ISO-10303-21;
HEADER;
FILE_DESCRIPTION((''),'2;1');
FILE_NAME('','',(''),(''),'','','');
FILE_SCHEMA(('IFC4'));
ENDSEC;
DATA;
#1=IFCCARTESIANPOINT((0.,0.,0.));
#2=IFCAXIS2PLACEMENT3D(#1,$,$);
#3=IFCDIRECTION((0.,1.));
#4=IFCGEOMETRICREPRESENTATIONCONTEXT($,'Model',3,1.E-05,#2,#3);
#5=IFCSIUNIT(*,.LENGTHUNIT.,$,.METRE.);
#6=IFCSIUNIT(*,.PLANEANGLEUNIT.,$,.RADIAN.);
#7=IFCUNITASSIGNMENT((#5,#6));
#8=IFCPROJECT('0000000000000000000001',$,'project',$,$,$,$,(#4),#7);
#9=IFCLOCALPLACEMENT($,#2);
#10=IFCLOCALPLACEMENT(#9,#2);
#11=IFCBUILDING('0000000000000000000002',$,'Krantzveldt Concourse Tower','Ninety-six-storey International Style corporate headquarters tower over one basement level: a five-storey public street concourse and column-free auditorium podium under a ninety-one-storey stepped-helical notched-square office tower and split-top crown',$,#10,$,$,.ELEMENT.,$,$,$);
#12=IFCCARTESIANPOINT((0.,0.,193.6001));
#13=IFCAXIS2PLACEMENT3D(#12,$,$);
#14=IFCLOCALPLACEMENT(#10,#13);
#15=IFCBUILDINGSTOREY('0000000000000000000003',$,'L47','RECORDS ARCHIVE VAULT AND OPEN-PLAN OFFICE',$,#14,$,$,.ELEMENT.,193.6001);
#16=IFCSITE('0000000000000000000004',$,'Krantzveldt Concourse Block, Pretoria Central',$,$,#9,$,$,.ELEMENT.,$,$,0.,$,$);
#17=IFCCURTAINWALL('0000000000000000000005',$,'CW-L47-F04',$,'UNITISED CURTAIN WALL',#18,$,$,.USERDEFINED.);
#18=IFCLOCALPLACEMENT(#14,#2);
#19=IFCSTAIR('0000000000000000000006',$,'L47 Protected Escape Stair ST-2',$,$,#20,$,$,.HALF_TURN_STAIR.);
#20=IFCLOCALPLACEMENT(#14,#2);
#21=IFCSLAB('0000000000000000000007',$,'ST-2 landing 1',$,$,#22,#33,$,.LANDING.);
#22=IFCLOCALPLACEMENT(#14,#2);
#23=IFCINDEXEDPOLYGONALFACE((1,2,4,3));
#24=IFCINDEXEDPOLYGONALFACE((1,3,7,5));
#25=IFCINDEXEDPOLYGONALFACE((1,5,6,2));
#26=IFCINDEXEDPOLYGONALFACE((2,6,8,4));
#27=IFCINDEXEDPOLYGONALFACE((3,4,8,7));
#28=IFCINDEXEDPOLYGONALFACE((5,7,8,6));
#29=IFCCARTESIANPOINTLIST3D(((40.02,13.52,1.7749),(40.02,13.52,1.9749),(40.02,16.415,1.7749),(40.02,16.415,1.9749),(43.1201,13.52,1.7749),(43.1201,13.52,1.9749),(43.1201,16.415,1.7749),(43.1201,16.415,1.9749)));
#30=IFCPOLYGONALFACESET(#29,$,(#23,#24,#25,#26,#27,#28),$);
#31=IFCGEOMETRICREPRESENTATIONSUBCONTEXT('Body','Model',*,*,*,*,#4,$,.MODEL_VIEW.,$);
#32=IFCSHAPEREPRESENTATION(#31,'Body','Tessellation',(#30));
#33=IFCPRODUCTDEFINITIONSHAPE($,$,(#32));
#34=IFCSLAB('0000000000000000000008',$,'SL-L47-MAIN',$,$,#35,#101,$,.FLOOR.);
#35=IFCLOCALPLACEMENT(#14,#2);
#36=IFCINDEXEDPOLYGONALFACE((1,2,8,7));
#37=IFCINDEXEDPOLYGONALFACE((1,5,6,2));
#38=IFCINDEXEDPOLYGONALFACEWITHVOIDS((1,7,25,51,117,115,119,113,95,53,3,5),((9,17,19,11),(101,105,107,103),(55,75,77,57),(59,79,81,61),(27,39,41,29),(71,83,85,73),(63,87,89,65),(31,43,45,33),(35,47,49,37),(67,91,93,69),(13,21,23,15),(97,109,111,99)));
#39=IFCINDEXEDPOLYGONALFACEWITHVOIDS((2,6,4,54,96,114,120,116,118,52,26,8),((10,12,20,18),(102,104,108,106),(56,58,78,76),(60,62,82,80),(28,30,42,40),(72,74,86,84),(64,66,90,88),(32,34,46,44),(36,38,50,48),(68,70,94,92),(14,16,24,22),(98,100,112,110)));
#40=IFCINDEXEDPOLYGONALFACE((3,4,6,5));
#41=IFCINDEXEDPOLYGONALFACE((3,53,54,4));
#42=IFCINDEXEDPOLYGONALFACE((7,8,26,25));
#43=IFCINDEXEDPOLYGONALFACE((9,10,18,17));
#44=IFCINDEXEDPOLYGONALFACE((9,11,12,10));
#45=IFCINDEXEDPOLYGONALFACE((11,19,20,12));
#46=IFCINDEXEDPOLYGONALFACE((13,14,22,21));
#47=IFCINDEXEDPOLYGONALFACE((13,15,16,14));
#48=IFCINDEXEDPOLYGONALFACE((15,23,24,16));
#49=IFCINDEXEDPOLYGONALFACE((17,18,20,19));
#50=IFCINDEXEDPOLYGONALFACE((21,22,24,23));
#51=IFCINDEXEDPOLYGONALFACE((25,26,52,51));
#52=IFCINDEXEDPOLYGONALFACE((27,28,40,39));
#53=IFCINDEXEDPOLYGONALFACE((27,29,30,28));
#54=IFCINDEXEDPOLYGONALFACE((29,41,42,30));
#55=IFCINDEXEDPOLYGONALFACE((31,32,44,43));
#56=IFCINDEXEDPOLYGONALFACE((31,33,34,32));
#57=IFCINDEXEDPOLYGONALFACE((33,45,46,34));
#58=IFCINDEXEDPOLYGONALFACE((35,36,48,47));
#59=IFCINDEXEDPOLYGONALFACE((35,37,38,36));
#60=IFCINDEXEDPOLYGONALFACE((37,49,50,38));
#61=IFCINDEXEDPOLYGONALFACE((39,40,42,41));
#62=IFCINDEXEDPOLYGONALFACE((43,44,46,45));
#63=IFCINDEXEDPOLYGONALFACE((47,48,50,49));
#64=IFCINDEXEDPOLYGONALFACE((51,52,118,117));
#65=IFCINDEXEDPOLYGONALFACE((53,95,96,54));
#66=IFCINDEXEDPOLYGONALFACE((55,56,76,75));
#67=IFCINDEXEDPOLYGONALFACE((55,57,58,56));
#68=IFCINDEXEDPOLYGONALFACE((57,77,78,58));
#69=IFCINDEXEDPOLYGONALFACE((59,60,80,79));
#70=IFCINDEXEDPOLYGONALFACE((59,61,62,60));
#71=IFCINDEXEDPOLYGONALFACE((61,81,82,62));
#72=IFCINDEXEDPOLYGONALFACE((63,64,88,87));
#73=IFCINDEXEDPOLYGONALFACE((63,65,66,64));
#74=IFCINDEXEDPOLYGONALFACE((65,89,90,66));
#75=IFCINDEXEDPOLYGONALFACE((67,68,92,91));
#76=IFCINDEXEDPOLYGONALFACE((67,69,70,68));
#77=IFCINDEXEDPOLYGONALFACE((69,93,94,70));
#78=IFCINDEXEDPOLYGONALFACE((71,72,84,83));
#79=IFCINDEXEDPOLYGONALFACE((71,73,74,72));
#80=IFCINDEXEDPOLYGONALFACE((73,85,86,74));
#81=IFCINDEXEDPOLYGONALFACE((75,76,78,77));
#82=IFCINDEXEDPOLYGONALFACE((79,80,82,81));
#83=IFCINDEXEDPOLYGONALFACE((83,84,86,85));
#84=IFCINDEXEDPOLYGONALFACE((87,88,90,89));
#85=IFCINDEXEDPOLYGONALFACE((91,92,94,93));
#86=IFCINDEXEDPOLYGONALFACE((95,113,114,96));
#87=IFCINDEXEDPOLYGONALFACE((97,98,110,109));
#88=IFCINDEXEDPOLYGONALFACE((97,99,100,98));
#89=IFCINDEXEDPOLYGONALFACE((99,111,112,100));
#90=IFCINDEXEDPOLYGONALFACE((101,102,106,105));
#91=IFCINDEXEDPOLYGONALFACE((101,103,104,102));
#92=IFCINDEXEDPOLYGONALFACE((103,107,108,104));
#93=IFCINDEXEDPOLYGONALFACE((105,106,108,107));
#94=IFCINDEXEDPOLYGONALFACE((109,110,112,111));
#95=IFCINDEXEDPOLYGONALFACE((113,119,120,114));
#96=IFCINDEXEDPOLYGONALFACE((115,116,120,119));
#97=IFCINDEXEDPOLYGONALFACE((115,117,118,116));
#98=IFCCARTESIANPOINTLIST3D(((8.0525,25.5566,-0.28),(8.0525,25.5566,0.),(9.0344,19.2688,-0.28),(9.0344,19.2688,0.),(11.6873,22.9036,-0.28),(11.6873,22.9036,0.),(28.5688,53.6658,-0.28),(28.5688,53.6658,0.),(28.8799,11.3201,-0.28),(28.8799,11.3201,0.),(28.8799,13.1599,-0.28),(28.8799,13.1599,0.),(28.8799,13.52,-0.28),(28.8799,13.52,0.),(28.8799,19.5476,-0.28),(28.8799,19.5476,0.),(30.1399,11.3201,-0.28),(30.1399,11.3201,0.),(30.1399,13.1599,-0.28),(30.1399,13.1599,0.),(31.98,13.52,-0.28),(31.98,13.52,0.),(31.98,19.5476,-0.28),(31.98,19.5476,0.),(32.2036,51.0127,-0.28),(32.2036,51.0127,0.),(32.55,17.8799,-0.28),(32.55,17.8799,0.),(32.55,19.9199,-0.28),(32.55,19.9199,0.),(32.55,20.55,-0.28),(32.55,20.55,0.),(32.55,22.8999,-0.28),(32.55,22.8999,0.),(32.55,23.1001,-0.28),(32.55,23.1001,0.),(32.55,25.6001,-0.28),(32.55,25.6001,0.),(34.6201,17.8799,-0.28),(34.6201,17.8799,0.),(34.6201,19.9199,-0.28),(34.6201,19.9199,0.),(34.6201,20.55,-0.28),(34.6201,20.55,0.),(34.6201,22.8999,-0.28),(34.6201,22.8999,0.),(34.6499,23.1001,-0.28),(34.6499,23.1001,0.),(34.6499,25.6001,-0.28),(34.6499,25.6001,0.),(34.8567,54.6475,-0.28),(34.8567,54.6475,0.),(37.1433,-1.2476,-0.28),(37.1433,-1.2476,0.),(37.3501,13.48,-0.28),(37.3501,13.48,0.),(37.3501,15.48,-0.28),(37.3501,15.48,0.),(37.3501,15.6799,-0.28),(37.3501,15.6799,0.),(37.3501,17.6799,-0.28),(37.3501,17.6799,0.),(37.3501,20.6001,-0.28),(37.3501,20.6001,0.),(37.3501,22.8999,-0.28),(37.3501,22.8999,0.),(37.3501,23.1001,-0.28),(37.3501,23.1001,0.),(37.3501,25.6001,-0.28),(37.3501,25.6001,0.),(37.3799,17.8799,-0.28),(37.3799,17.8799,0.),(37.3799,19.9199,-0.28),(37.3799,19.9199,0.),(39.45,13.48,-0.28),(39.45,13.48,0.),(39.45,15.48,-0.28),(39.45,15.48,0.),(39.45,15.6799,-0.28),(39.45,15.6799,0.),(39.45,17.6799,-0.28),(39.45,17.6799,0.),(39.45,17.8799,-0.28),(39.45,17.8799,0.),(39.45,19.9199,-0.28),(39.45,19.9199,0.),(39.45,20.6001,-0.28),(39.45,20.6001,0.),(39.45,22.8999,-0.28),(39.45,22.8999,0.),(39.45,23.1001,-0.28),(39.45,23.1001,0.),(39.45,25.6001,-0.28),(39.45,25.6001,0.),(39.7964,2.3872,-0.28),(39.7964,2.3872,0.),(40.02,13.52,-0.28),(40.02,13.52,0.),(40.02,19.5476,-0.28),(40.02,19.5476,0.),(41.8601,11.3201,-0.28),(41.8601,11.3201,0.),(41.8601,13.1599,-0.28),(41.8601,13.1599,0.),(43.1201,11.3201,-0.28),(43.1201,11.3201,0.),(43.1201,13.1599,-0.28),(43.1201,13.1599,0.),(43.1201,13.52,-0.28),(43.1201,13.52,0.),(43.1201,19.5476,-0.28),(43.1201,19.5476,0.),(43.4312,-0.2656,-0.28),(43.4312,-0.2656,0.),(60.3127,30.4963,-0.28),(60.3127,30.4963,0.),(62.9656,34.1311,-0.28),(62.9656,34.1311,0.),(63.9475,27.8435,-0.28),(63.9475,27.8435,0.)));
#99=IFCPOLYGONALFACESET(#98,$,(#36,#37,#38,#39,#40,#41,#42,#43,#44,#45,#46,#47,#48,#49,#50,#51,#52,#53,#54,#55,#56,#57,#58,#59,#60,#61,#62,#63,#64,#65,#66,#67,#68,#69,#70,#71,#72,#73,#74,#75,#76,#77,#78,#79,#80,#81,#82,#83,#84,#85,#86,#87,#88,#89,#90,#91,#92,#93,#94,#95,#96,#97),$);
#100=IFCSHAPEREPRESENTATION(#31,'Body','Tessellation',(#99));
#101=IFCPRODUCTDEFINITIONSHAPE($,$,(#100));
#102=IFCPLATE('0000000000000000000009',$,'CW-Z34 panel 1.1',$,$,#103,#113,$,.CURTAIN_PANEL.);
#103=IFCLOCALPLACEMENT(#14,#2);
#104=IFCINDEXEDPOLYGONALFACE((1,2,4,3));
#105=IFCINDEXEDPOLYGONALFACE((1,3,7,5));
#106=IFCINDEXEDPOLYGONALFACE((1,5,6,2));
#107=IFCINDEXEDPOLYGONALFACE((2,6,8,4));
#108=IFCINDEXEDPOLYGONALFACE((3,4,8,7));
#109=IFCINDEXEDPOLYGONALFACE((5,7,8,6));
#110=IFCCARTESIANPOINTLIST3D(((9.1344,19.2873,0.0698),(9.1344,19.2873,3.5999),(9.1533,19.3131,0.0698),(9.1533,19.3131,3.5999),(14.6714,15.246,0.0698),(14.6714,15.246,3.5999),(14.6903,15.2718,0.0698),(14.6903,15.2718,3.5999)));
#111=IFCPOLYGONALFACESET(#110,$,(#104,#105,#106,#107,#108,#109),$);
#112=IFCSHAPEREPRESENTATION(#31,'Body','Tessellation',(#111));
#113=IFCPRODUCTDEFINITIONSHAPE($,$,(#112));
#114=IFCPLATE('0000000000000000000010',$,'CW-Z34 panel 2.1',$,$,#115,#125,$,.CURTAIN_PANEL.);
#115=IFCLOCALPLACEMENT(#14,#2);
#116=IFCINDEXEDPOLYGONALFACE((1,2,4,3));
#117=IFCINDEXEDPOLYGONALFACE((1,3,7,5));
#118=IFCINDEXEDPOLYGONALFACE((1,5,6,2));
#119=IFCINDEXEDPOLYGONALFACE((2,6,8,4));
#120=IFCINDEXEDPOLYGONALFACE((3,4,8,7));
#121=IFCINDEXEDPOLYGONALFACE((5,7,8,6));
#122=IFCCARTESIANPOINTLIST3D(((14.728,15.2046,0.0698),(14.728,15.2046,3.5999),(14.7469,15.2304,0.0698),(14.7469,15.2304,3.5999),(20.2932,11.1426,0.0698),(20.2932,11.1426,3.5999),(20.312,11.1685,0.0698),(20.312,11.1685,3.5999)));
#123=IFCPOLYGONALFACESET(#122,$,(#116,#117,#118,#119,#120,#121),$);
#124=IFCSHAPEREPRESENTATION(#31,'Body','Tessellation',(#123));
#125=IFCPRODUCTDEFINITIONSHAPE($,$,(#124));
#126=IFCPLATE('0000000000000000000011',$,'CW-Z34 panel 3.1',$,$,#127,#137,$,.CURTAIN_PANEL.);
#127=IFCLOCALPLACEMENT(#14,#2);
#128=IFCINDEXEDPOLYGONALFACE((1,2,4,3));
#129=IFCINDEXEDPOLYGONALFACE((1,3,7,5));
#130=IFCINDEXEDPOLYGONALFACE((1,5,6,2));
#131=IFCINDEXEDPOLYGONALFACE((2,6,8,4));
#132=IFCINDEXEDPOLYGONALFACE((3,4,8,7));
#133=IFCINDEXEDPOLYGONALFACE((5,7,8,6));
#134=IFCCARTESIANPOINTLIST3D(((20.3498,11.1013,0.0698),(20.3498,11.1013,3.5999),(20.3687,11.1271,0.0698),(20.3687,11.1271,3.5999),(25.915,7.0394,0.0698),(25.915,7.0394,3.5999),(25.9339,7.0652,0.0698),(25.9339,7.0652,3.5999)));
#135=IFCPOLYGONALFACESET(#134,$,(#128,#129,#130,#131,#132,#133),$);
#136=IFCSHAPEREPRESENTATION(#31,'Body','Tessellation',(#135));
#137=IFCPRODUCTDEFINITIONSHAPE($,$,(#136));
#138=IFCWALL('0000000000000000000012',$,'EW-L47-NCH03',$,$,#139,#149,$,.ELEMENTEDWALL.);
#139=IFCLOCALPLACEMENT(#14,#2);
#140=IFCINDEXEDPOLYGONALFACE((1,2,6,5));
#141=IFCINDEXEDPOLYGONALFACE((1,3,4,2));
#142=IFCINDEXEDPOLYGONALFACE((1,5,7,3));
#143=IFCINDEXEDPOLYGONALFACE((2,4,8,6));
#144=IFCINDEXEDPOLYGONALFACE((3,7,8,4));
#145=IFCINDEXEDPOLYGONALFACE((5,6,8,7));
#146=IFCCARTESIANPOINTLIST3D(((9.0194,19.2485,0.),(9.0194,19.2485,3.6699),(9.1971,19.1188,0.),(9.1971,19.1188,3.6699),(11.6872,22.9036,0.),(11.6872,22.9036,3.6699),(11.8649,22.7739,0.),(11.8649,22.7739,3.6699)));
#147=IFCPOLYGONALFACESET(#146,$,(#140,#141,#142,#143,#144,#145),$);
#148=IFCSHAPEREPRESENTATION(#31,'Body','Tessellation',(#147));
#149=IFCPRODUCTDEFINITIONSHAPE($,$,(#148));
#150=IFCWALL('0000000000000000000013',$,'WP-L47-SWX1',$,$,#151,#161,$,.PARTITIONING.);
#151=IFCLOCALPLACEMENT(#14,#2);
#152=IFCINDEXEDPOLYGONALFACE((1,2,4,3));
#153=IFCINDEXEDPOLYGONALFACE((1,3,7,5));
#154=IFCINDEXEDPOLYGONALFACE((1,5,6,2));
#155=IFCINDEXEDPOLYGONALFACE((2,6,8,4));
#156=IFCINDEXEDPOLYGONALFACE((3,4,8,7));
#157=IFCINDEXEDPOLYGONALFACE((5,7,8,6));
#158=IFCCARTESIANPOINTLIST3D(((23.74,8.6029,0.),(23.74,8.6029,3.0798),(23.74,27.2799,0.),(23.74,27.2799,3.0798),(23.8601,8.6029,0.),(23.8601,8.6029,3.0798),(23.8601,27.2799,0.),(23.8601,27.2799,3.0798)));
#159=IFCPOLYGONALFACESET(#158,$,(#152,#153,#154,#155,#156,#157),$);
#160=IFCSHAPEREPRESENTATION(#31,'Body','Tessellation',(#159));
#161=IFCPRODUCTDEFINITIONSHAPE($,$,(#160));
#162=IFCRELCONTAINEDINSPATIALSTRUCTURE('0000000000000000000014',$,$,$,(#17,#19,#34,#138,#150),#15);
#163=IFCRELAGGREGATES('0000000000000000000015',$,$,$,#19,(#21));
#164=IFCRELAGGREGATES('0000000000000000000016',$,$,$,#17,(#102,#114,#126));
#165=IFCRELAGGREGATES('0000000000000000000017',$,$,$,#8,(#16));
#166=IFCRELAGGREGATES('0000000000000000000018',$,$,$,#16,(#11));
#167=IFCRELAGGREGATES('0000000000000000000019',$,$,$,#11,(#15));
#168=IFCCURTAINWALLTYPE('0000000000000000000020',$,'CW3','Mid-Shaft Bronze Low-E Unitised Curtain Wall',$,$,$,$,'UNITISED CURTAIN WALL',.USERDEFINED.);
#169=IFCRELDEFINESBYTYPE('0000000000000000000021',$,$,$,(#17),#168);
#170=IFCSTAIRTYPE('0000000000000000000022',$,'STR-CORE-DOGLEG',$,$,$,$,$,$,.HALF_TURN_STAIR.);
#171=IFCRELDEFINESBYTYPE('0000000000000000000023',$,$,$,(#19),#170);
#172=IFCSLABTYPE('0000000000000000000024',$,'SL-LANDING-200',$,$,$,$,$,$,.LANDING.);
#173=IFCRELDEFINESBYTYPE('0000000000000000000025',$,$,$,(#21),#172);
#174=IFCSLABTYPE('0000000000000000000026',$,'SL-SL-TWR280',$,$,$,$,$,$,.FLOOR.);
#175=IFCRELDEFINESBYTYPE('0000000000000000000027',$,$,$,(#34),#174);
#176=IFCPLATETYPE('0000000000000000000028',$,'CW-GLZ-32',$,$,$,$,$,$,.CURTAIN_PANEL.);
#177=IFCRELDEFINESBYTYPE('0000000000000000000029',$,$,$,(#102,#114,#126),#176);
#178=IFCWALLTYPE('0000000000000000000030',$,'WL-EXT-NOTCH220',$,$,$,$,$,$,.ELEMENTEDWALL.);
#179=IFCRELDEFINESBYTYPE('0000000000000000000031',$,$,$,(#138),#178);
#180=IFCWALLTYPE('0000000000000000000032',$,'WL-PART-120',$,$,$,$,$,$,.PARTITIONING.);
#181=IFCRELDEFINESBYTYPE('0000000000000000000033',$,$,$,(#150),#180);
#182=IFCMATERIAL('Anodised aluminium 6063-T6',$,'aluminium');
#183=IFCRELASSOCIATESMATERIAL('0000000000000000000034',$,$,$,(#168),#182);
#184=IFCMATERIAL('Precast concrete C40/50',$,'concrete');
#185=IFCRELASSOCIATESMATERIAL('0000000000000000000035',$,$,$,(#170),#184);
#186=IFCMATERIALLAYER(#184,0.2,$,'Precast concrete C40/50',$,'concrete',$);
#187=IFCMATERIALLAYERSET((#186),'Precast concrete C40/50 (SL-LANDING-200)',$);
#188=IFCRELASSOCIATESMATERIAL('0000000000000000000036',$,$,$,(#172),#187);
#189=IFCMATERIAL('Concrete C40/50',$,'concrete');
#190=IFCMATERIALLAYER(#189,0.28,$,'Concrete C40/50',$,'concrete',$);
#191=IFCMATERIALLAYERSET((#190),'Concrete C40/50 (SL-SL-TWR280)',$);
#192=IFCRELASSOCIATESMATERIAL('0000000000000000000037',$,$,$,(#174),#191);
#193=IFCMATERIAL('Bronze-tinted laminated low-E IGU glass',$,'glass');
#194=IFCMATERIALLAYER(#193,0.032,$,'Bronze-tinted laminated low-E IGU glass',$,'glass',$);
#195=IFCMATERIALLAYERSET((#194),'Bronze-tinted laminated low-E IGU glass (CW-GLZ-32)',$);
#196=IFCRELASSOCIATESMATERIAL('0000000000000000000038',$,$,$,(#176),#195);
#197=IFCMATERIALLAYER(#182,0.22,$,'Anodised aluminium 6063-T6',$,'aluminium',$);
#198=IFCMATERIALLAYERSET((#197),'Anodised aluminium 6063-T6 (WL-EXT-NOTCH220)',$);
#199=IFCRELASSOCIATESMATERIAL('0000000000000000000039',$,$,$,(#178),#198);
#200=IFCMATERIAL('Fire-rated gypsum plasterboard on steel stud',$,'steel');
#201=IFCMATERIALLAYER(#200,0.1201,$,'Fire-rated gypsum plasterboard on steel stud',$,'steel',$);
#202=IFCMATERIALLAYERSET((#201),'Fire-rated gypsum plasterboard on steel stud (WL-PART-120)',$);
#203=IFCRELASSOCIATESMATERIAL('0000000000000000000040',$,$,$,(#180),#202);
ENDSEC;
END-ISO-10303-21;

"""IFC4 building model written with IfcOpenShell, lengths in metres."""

from ifc_helpers import new_model, si_unit, direction, frame, frame_2d, origin, origin_2d, place, context, subcontext, project, spatial, polyline, rectangle, outline, extrude, source, transform, mapped, material, layer, layer_set, type_object, type_shapes, element, aggregate, save


model = new_model("IFC4")

# Units and contexts
model_context = context("Model", 3, precision=1e-05, world=origin(), true_north=direction((0.0, 1.0)))
body_context = subcontext(model_context, "Body", "Model", "MODEL_VIEW")
ifc_project = project(units=[si_unit("LENGTHUNIT", "METRE"), si_unit("PLANEANGLEUNIT", "RADIAN")], contexts=[model_context])

# Site, building, storey
site_placement = place(None, origin())
site = spatial("IfcSite", under=ifc_project, at=site_placement, Name="Krantzveldt Concourse Block, Pretoria Central", CompositionType="ELEMENT", RefElevation=0.0)
building_placement = place(site_placement, origin())
building = spatial("IfcBuilding", under=site, at=building_placement, Name="Krantzveldt Concourse Tower", Description="Ninety-six-storey International Style corporate headquarters tower over one basement level: a five-storey public street concourse and column-free auditorium podium under a ninety-one-storey stepped-helical notched-square office tower and split-top crown", CompositionType="ELEMENT")
storey_placement = place(building_placement, frame((0.0, 0.0, 193.6001)))
storey = spatial("IfcBuildingStorey", under=building, at=storey_placement, Name="L47", Description="RECORDS ARCHIVE VAULT AND OPEN-PLAN OFFICE", CompositionType="ELEMENT", Elevation=193.6001)

# Curtain wall
ifc_material_1 = material(Name="Anodised aluminium 6063-T6", Category="aluminium")
curtain_wall_type = type_object("IfcCurtainWallType", Name="CW3", Description="Mid-Shaft Bronze Low-E Unitised Curtain Wall", ElementType="UNITISED CURTAIN WALL", PredefinedType="USERDEFINED", material=ifc_material_1)
curtain_wall_placement = place(storey_placement, origin())
curtain_wall = element("IfcCurtainWall", 1, at=curtain_wall_placement, inside=storey, type_object=curtain_wall_type, Name="CW-L47-F04", ObjectType="UNITISED CURTAIN WALL", PredefinedType="USERDEFINED")

# Stair, slab
ifc_material_2 = material(Name="Precast concrete C40/50", Category="concrete")
stair_type = type_object("IfcStairType", Name="STR-CORE-DOGLEG", PredefinedType="HALF_TURN_STAIR", material=ifc_material_2)
ifc_layer_1 = layer(ifc_material_2, 0.2, Name="Precast concrete C40/50", Category="concrete")
ifc_layer_set_1 = layer_set([ifc_layer_1], Name="Precast concrete C40/50 (SL-LANDING-200)")
slab_type_1 = type_object("IfcSlabType", Name="SL-LANDING-200", PredefinedType="LANDING", material=ifc_layer_set_1)
stair_1_placement = place(storey_placement, origin())
stair_1 = element("IfcStair", 2, at=stair_1_placement, inside=storey, type_object=stair_type, Name="L47 Protected Escape Stair ST-2", PredefinedType="HALF_TURN_STAIR")
slab_1_placement = place(storey_placement, frame((0.0, 0.0, 1.7749)))
slab_1 = element("IfcSlab", 3, at=slab_1_placement, type_object=slab_type_1, Name="ST-2 landing 1", PredefinedType="LANDING", context=body_context, shape_type="SweptSolid", body=[
    extrude(outline(polyline([(40.02, 16.415), (40.02, 13.52), (43.1201, 13.52), (43.1201, 16.415), (40.02, 16.415)])), origin(), (0.0, 0.0, 1.0), 0.2),
])
aggregate(stair_1, [slab_1])

# Slab
ifc_material_3 = material(Name="Concrete C40/50", Category="concrete")
ifc_layer_2 = layer(ifc_material_3, 0.28, Name="Concrete C40/50", Category="concrete")
ifc_layer_set_2 = layer_set([ifc_layer_2], Name="Concrete C40/50 (SL-SL-TWR280)")
slab_type_2 = type_object("IfcSlabType", Name="SL-SL-TWR280", PredefinedType="FLOOR", material=ifc_layer_set_2)
slab_2_placement = place(storey_placement, frame((0.0, 0.0, -0.28)))
element("IfcSlab", 4, at=slab_2_placement, inside=storey, type_object=slab_type_2, Name="SL-L47-MAIN", PredefinedType="FLOOR", context=body_context, shape_type="SweptSolid", body=[
    extrude(outline(polyline([(32.2036, 51.0127), (28.5688, 53.6658), (8.0525, 25.5566), (11.6873, 22.9036), (9.0344, 19.2688), (37.1433, -1.2476), (39.7964, 2.3872), (43.4312, -0.2656), (63.9475, 27.8435), (60.3127, 30.4963), (62.9656, 34.1311), (34.8567, 54.6475), (32.2036, 51.0127)]), holes=[polyline([(28.8799, 19.5476), (28.8799, 13.52), (31.98, 13.52), (31.98, 19.5476), (28.8799, 19.5476)]), polyline([(40.02, 19.5476), (40.02, 13.52), (43.1201, 13.52), (43.1201, 19.5476), (40.02, 19.5476)]), polyline([(32.55, 23.1001), (34.6499, 23.1001), (34.6499, 25.6001), (32.55, 25.6001), (32.55, 23.1001)]), polyline([(37.3501, 23.1001), (39.45, 23.1001), (39.45, 25.6001), (37.3501, 25.6001), (37.3501, 23.1001)]), polyline([(37.3501, 20.6001), (39.45, 20.6001), (39.45, 22.8999), (37.3501, 22.8999), (37.3501, 20.6001)]), polyline([(37.3501, 13.48), (39.45, 13.48), (39.45, 15.48), (37.3501, 15.48), (37.3501, 13.48)]), polyline([(37.3501, 15.6799), (39.45, 15.6799), (39.45, 17.6799), (37.3501, 17.6799), (37.3501, 15.6799)]), polyline([(32.55, 20.55), (34.6201, 20.55), (34.6201, 22.8999), (32.55, 22.8999), (32.55, 20.55)]), polyline([(32.55, 17.8799), (34.6201, 17.8799), (34.6201, 19.9199), (32.55, 19.9199), (32.55, 17.8799)]), polyline([(37.3799, 17.8799), (39.45, 17.8799), (39.45, 19.9199), (37.3799, 19.9199), (37.3799, 17.8799)]), polyline([(28.8799, 11.3201), (30.1399, 11.3201), (30.1399, 13.1599), (28.8799, 13.1599), (28.8799, 11.3201)]), polyline([(41.8601, 11.3201), (43.1201, 11.3201), (43.1201, 13.1599), (41.8601, 13.1599), (41.8601, 11.3201)])]), origin(), (0.0, 0.0, 1.0), 0.28),
])

# Plates
ifc_material_4 = material(Name="Bronze-tinted laminated low-E IGU glass", Category="glass")
ifc_layer_3 = layer(ifc_material_4, 0.032, Name="Bronze-tinted laminated low-E IGU glass", Category="glass")
ifc_layer_set_3 = layer_set([ifc_layer_3], Name="Bronze-tinted laminated low-E IGU glass (CW-GLZ-32)")
plate_type = type_object("IfcPlateType", Name="CW-GLZ-32", PredefinedType="CURTAIN_PANEL", material=ifc_layer_set_3)
shared_shape_1 = source(origin(), body_context, "Body", "SweptSolid", [
    extrude(rectangle(XDim=6.855, YDim=0.032, at=origin_2d()), origin(), (0.0, 0.0, 1.0), 3.53),
])
plate_1_placement = place(storey_placement, frame((11.9124, 17.2795, 0.0698), z_axis=(0.0, 0.0, 1.0), x_axis=(0.807733, -0.589549, 0.0)))
plate_1 = element("IfcPlate", 5, at=plate_1_placement, type_object=plate_type, Name="CW-Z34 panel 1.1", PredefinedType="CURTAIN_PANEL", context=body_context, shape_type="MappedRepresentation", body=[
    mapped(shared_shape_1, transform((0.0, 0.0, 0.0), x_axis=(1.0, 0.0, 0.0), y_axis=(0.0, 1.0, 0.0), z_axis=(0.0, 0.0, 1.0), scale=1.0)),
])
shared_shape_2 = source(origin(), body_context, "Body", "SweptSolid", [
    extrude(rectangle(XDim=6.8899, YDim=0.032, at=origin_2d()), origin(), (0.0, 0.0, 1.0), 3.53),
])
type_shapes(plate_type, [shared_shape_1, shared_shape_2])
plate_2_placement = place(storey_placement, frame((17.52, 13.1865, 0.0698), z_axis=(0.0, 0.0, 1.0), x_axis=(0.807733, -0.589549, 0.0)))
plate_2 = element("IfcPlate", 6, at=plate_2_placement, type_object=plate_type, Name="CW-Z34 panel 2.1", PredefinedType="CURTAIN_PANEL", context=body_context, shape_type="MappedRepresentation", body=[
    mapped(shared_shape_2, transform((0.0, 0.0, 0.0), x_axis=(1.0, 0.0, 0.0), y_axis=(0.0, 1.0, 0.0), z_axis=(0.0, 0.0, 1.0), scale=1.0)),
])
plate_3_placement = place(storey_placement, frame((23.1418, 9.0833, 0.0698), z_axis=(0.0, 0.0, 1.0), x_axis=(0.807733, -0.589549, 0.0)))
plate_3 = element("IfcPlate", 7, at=plate_3_placement, type_object=plate_type, Name="CW-Z34 panel 3.1", PredefinedType="CURTAIN_PANEL", context=body_context, shape_type="MappedRepresentation", body=[
    mapped(shared_shape_2, transform((0.0, 0.0, 0.0), x_axis=(1.0, 0.0, 0.0), y_axis=(0.0, 1.0, 0.0), z_axis=(0.0, 0.0, 1.0), scale=1.0)),
])
aggregate(curtain_wall, [plate_1, plate_2, plate_3])

# Walls
ifc_layer_4 = layer(ifc_material_1, 0.22, Name="Anodised aluminium 6063-T6", Category="aluminium")
ifc_layer_set_4 = layer_set([ifc_layer_4], Name="Anodised aluminium 6063-T6 (WL-EXT-NOTCH220)")
wall_type_1 = type_object("IfcWallType", Name="WL-EXT-NOTCH220", PredefinedType="ELEMENTEDWALL", material=ifc_layer_set_4)
wall_1_placement = place(storey_placement, frame((11.7761, 22.8389, 0.0), z_axis=(0.0, 0.0, 1.0), x_axis=(-0.589547, -0.807734, 0.0)))
element("IfcWall", 8, at=wall_1_placement, inside=storey, type_object=wall_type_1, Name="EW-L47-NCH03", PredefinedType="ELEMENTEDWALL", context=body_context, shape_type="SweptSolid", body=[
    extrude(rectangle(XDim=4.5251, YDim=0.22, at=frame_2d((2.2627, 0.0))), origin(), (0.0, 0.0, 1.0), 3.6699),
])
ifc_material_5 = material(Name="Fire-rated gypsum plasterboard on steel stud", Category="steel")
ifc_layer_5 = layer(ifc_material_5, 0.1201, Name="Fire-rated gypsum plasterboard on steel stud", Category="steel")
ifc_layer_set_5 = layer_set([ifc_layer_5], Name="Fire-rated gypsum plasterboard on steel stud (WL-PART-120)")
wall_type_2 = type_object("IfcWallType", Name="WL-PART-120", PredefinedType="PARTITIONING", material=ifc_layer_set_5)
wall_2_placement = place(storey_placement, frame((23.8, 8.603, 0.0), z_axis=(0.0, 0.0, 1.0), x_axis=(0.0, 1.0, 0.0)))
element("IfcWall", 9, at=wall_2_placement, inside=storey, type_object=wall_type_2, Name="WP-L47-SWX1", PredefinedType="PARTITIONING", context=body_context, shape_type="SweptSolid", body=[
    extrude(rectangle(XDim=18.677, YDim=0.1201, at=frame_2d((9.3384, 0.0))), origin(), (0.0, 0.0, 1.0), 3.0798),
])

save(model, "model.ifc")
